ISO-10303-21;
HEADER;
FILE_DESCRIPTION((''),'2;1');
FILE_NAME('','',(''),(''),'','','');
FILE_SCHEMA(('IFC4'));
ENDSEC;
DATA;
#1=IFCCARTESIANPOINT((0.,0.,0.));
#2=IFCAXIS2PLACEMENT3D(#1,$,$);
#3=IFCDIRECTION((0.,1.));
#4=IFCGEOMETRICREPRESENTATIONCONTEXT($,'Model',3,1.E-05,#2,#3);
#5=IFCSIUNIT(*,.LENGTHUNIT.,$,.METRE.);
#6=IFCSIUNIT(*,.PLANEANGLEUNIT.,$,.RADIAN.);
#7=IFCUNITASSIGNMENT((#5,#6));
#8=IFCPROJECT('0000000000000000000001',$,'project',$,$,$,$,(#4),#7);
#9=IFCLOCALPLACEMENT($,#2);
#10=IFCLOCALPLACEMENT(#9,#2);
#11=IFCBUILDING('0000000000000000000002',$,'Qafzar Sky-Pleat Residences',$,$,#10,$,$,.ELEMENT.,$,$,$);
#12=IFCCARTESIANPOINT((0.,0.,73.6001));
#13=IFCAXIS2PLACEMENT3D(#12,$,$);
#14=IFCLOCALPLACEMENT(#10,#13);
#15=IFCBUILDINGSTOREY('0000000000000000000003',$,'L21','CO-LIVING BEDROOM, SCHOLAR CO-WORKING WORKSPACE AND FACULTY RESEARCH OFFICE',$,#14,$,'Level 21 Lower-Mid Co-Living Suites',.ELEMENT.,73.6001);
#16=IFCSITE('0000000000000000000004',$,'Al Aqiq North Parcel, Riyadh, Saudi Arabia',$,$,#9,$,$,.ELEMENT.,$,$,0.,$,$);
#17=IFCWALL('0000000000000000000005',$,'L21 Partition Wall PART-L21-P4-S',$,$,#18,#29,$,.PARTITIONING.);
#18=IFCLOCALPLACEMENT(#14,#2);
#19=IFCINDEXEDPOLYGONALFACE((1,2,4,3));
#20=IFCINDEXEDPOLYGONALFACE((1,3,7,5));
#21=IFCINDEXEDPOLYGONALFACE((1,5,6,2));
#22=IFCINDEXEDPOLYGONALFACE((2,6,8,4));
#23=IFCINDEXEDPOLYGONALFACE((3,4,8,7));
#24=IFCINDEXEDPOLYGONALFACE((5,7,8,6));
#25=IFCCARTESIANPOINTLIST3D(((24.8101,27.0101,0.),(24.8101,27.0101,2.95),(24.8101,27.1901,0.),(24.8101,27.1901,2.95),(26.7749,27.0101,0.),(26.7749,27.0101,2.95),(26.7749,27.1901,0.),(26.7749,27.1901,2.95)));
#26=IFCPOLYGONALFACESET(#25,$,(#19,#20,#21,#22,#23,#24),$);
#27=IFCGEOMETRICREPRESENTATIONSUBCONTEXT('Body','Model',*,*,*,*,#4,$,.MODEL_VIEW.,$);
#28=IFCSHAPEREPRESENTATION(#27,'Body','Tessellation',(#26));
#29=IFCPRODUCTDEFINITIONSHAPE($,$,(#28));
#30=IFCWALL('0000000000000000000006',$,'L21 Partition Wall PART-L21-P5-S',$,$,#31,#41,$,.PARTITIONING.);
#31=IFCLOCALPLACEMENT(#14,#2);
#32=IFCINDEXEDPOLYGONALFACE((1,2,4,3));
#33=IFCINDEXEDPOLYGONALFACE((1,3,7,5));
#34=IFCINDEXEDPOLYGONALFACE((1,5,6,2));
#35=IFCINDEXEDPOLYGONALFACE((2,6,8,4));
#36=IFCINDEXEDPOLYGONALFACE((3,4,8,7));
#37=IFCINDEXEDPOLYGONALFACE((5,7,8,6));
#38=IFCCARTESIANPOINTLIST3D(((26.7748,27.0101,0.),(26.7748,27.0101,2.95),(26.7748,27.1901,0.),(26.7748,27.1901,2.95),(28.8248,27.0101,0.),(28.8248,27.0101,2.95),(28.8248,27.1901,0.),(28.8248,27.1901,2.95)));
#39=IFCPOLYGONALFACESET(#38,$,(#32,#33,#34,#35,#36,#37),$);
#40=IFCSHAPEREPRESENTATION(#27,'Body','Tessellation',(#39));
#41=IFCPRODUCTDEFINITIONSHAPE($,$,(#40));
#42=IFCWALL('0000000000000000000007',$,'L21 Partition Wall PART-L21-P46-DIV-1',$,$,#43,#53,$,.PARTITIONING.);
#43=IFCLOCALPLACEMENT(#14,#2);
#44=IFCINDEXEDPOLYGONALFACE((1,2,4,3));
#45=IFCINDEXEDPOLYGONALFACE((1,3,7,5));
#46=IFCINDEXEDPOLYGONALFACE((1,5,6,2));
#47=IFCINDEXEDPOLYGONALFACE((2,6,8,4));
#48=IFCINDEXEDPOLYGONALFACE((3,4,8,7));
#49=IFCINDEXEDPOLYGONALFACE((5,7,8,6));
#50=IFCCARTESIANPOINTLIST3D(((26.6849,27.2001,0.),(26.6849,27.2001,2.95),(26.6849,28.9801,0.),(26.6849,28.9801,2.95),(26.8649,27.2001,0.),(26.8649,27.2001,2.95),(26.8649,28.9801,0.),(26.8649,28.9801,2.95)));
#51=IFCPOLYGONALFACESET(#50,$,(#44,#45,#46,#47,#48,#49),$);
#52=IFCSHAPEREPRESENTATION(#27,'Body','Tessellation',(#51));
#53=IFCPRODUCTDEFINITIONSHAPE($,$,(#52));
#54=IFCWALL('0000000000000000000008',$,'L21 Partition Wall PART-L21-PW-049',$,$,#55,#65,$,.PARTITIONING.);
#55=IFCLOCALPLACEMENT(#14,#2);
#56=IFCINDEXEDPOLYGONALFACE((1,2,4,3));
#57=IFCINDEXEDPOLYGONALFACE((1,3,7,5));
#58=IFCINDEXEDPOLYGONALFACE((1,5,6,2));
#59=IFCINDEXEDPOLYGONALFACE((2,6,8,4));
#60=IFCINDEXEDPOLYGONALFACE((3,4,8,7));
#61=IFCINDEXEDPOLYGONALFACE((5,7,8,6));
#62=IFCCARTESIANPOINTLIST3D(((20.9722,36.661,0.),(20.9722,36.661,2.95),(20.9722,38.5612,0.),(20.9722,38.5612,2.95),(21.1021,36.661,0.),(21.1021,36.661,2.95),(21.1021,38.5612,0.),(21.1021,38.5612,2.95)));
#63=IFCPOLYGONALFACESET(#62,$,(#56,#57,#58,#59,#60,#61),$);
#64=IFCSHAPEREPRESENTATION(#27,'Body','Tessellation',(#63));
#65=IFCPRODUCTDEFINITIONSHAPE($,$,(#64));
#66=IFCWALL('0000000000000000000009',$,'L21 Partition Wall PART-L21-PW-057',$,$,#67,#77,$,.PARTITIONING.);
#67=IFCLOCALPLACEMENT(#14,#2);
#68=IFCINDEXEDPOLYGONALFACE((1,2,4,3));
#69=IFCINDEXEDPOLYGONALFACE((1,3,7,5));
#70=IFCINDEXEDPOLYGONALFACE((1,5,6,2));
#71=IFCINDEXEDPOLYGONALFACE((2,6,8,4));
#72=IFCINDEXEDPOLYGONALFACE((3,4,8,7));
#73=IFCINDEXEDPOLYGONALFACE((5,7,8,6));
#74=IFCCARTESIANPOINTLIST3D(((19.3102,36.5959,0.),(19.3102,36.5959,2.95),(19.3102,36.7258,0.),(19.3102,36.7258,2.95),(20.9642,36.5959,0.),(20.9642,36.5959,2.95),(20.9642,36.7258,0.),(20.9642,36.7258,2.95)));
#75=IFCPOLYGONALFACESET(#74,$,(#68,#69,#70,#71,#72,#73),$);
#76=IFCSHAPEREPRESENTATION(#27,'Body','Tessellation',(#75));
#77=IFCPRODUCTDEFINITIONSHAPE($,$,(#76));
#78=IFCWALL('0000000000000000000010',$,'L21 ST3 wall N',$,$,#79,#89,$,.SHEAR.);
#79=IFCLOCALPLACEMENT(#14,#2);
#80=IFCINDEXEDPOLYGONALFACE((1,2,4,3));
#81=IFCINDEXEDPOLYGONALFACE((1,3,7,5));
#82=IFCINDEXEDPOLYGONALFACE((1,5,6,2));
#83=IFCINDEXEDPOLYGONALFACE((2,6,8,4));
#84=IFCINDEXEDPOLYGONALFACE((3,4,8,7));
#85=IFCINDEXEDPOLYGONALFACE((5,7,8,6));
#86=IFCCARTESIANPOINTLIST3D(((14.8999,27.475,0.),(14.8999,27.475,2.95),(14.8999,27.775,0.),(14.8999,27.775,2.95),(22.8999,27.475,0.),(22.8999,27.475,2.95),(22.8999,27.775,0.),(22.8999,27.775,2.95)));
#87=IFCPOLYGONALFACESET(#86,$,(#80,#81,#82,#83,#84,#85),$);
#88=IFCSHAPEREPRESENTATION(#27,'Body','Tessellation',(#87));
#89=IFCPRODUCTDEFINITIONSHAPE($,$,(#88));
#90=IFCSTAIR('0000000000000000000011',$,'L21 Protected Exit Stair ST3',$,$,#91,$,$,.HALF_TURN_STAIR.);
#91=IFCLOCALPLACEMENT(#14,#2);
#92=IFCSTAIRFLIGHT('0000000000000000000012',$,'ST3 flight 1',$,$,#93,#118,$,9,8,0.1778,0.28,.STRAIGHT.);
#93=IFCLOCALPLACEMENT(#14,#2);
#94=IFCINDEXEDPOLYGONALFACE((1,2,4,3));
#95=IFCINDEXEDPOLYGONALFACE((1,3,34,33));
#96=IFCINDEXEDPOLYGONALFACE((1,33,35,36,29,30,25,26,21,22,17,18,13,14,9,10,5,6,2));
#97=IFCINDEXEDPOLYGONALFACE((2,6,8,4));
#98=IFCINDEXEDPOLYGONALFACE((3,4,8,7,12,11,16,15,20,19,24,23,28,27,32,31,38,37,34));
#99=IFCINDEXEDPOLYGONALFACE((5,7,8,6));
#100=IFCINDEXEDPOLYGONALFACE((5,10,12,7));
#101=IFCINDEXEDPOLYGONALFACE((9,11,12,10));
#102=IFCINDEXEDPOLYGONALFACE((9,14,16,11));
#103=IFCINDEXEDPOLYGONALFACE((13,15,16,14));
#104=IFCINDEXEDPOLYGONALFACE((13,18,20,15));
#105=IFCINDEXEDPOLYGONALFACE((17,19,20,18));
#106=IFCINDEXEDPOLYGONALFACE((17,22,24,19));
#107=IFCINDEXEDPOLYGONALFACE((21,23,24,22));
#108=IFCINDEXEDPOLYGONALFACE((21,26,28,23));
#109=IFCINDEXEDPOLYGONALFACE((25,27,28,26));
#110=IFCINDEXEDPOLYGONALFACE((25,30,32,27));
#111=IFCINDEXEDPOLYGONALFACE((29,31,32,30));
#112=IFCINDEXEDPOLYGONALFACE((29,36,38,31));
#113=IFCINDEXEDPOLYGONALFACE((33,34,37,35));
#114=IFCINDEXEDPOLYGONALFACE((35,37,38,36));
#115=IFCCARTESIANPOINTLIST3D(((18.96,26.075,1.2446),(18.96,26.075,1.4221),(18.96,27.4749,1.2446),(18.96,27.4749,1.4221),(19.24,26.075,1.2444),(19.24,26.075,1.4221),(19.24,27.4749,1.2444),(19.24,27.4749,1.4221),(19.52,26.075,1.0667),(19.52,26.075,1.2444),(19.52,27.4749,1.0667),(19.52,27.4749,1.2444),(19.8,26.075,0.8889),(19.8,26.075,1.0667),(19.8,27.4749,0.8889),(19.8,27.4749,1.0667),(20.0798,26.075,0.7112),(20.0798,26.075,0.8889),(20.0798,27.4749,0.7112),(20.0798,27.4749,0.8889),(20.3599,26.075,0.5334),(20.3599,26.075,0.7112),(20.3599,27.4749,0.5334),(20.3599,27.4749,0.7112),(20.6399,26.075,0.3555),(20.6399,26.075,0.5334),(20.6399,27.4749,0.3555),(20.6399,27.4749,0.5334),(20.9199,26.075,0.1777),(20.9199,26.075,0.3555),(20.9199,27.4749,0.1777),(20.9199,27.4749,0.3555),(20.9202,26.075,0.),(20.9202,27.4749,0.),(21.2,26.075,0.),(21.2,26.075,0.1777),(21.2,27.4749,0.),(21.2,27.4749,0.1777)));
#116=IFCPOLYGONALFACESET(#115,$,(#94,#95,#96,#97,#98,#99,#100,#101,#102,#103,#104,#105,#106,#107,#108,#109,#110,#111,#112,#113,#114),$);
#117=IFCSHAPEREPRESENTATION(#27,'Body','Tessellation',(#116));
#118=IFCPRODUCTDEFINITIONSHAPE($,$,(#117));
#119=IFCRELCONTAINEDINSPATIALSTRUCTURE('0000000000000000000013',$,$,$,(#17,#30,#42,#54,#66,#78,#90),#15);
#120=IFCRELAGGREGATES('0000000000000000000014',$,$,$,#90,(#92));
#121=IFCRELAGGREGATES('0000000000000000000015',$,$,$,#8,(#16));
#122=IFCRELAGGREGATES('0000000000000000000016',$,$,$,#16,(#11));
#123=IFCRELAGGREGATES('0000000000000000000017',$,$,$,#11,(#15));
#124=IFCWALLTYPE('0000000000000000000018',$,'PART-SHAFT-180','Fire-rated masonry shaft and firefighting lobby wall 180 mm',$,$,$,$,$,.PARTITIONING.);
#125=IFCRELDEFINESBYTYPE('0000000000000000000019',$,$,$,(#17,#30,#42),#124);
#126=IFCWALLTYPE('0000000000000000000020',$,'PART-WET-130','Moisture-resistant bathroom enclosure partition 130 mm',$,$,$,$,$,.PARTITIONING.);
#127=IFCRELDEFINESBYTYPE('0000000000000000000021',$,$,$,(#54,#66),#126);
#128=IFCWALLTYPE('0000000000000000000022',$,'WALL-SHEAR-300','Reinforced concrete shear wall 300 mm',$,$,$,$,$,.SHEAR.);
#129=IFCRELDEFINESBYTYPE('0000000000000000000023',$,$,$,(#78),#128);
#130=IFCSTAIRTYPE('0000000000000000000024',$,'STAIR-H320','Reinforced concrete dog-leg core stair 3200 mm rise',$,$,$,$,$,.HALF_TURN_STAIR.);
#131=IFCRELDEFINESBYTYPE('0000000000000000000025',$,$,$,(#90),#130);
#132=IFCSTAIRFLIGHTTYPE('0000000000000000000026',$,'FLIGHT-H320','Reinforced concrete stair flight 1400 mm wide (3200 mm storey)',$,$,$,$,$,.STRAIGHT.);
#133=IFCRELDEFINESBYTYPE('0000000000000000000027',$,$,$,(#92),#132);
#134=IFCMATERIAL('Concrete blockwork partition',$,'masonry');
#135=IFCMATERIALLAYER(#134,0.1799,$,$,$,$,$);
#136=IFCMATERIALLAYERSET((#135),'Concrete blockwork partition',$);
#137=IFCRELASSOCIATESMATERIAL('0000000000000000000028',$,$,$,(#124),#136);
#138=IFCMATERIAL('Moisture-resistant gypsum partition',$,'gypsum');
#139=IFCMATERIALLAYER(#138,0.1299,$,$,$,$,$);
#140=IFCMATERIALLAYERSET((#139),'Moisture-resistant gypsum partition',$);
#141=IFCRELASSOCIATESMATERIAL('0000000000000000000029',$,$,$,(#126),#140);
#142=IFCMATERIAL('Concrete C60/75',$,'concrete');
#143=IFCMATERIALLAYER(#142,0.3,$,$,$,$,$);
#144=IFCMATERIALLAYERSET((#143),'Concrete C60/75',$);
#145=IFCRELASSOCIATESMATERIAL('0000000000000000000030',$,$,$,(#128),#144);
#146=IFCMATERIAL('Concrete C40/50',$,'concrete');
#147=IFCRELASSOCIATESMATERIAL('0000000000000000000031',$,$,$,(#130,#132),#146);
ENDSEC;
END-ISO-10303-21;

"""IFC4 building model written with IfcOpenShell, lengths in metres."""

from ifc_helpers import new_model, si_unit, direction, frame, frame_2d, origin, place, context, subcontext, project, spatial, polyline, rectangle, outline, extrude, source, transform, mapped, material, layer, layer_set, type_object, element, aggregate, save


model = new_model("IFC4")

# Units and contexts
model_context = context("Model", 3, precision=1e-05, world=origin(), true_north=direction((0.0, 1.0)))
body_context = subcontext(model_context, "Body", "Model", "MODEL_VIEW")
ifc_project = project(units=[si_unit("LENGTHUNIT", "METRE"), si_unit("PLANEANGLEUNIT", "RADIAN")], contexts=[model_context])

# Site, building, storey
site_placement = place(None, origin())
site = spatial("IfcSite", under=ifc_project, at=site_placement, Name="Al Aqiq North Parcel, Riyadh, Saudi Arabia", CompositionType="ELEMENT", RefElevation=0.0)
building_placement = place(site_placement, origin())
building = spatial("IfcBuilding", under=site, at=building_placement, Name="Qafzar Sky-Pleat Residences", CompositionType="ELEMENT")
storey_placement = place(building_placement, frame((0.0, 0.0, 73.6001)))
storey = spatial("IfcBuildingStorey", under=building, at=storey_placement, Name="L21", Description="CO-LIVING BEDROOM, SCHOLAR CO-WORKING WORKSPACE AND FACULTY RESEARCH OFFICE", LongName="Level 21 Lower-Mid Co-Living Suites", CompositionType="ELEMENT", Elevation=73.6001)

# Walls
ifc_material_1 = material(Name="Concrete blockwork partition", Category="masonry")
ifc_layer_1 = layer(ifc_material_1, 0.1799)
ifc_layer_set_1 = layer_set([ifc_layer_1], Name="Concrete blockwork partition")
wall_type_1 = type_object("IfcWallType", Name="PART-SHAFT-180", Description="Fire-rated masonry shaft and firefighting lobby wall 180 mm", PredefinedType="PARTITIONING", material=ifc_layer_set_1)
wall_1_placement = place(storey_placement, frame((24.8101, 27.1001, 0.0), z_axis=(0.0, 0.0, 1.0), x_axis=(1.0, 0.0, 0.0)))
element("IfcWall", 1, at=wall_1_placement, inside=storey, type_object=wall_type_1, Name="L21 Partition Wall PART-L21-P4-S", PredefinedType="PARTITIONING", context=body_context, shape_type="SweptSolid", body=[
    extrude(rectangle(XDim=1.9648, YDim=0.1799, at=frame_2d((0.9824, 0.0))), origin(), (0.0, 0.0, 1.0), 2.95),
])
wall_2_placement = place(storey_placement, frame((26.7749, 27.1001, 0.0), z_axis=(0.0, 0.0, 1.0), x_axis=(1.0, 0.0, 0.0)))
element("IfcWall", 2, at=wall_2_placement, inside=storey, type_object=wall_type_1, Name="L21 Partition Wall PART-L21-P5-S", PredefinedType="PARTITIONING", context=body_context, shape_type="SweptSolid", body=[
    extrude(rectangle(XDim=2.05, YDim=0.1799, at=frame_2d((1.0249, 0.0))), origin(), (0.0, 0.0, 1.0), 2.95),
])
wall_3_placement = place(storey_placement, frame((26.7749, 27.2, 0.0), z_axis=(0.0, 0.0, 1.0), x_axis=(0.0, 1.0, 0.0)))
element("IfcWall", 3, at=wall_3_placement, inside=storey, type_object=wall_type_1, Name="L21 Partition Wall PART-L21-P46-DIV-1", PredefinedType="PARTITIONING", context=body_context, shape_type="SweptSolid", body=[
    extrude(rectangle(XDim=1.78, YDim=0.1799, at=frame_2d((0.8901, 0.0))), origin(), (0.0, 0.0, 1.0), 2.95),
])
ifc_material_2 = material(Name="Moisture-resistant gypsum partition", Category="gypsum")
ifc_layer_2 = layer(ifc_material_2, 0.1299)
ifc_layer_set_2 = layer_set([ifc_layer_2], Name="Moisture-resistant gypsum partition")
wall_type_2 = type_object("IfcWallType", Name="PART-WET-130", Description="Moisture-resistant bathroom enclosure partition 130 mm", PredefinedType="PARTITIONING", material=ifc_layer_set_2)
wall_4_placement = place(storey_placement, frame((21.0371, 36.6609, 0.0), z_axis=(0.0, 0.0, 1.0), x_axis=(0.0, 1.0, 0.0)))
element("IfcWall", 4, at=wall_4_placement, inside=storey, type_object=wall_type_2, Name="L21 Partition Wall PART-L21-PW-049", PredefinedType="PARTITIONING", context=body_context, shape_type="SweptSolid", body=[
    extrude(rectangle(XDim=1.9001, YDim=0.1299, at=frame_2d((0.9502, 0.0))), origin(), (0.0, 0.0, 1.0), 2.95),
])
wall_5_placement = place(storey_placement, frame((19.3101, 36.6609, 0.0), z_axis=(0.0, 0.0, 1.0), x_axis=(1.0, 0.0, 0.0)))
element("IfcWall", 5, at=wall_5_placement, inside=storey, type_object=wall_type_2, Name="L21 Partition Wall PART-L21-PW-057", PredefinedType="PARTITIONING", context=body_context, shape_type="SweptSolid", body=[
    extrude(rectangle(XDim=1.6541, YDim=0.1299, at=frame_2d((0.8271, 0.0))), origin(), (0.0, 0.0, 1.0), 2.95),
])

# Shared definitions
ifc_material_3 = material(Name="Concrete C60/75", Category="concrete")
ifc_layer_3 = layer(ifc_material_3, 0.3)
ifc_layer_set_3 = layer_set([ifc_layer_3], Name="Concrete C60/75")
wall_type_3 = type_object("IfcWallType", Name="WALL-SHEAR-300", Description="Reinforced concrete shear wall 300 mm", PredefinedType="SHEAR", material=ifc_layer_set_3)

# Wall
wall_6_placement = place(storey_placement, frame((22.8999, 27.625, 0.0), z_axis=(0.0, 0.0, 1.0), x_axis=(-1.0, 0.0, 0.0)))
element("IfcWall", 6, at=wall_6_placement, inside=storey, type_object=wall_type_3, Name="L21 ST3 wall N", PredefinedType="SHEAR", context=body_context, shape_type="SweptSolid", body=[
    extrude(rectangle(XDim=8.0, YDim=0.3, at=frame_2d((4.0, 0.0))), origin(), (0.0, 0.0, 1.0), 2.95),
])

# Stair, stair flight
ifc_material_4 = material(Name="Concrete C40/50", Category="concrete")
stair_type = type_object("IfcStairType", Name="STAIR-H320", Description="Reinforced concrete dog-leg core stair 3200 mm rise", PredefinedType="HALF_TURN_STAIR", material=ifc_material_4)
stair_placement = place(storey_placement, origin())
stair = element("IfcStair", 7, at=stair_placement, inside=storey, type_object=stair_type, Name="L21 Protected Exit Stair ST3", PredefinedType="HALF_TURN_STAIR")
stair_flight_type = type_object("IfcStairFlightType", Name="FLIGHT-H320", Description="Reinforced concrete stair flight 1400 mm wide (3200 mm storey)", PredefinedType="STRAIGHT", material=ifc_material_4)
shared_shape_1 = source(origin(), body_context, "Body", "SweptSolid", [
    extrude(outline(polyline([(0.0, 0.0), (0.0, 0.1777), (0.28, 0.1777), (0.28, 0.3555), (0.5601, 0.3555), (0.5601, 0.5334), (0.8401, 0.5334), (0.8401, 0.7112), (1.1201, 0.7112), (1.1201, 0.8889), (1.3999, 0.8889), (1.3999, 1.0667), (1.6799, 1.0667), (1.6799, 1.2444), (1.96, 1.2444), (1.96, 1.4221), (2.24, 1.4221), (2.24, 1.6001), (2.24, 1.2446), (0.2798, 0.0), (0.0, 0.0)])), frame((0.0, 0.7, 0.0), z_axis=(0.0, -1.0, 0.0), x_axis=(1.0, 0.0, 0.0)), (0.0, 0.0, 1.0), 1.3999),
])
stair_flight_placement = place(storey_placement, frame((21.2, 26.7749, 0.0), z_axis=(0.0, 0.0, 1.0), x_axis=(-1.0, 0.0, 0.0)))
stair_flight = element("IfcStairFlight", 8, at=stair_flight_placement, type_object=stair_flight_type, Name="ST3 flight 1", NumberOfRisers=9, NumberOfTreads=8, PredefinedType="STRAIGHT", RiserHeight=0.1778, TreadLength=0.28, context=body_context, shape_type="MappedRepresentation", body=[
    mapped(shared_shape_1, transform((0.0, 0.0, 0.0), x_axis=(1.0, 0.0, 0.0), y_axis=(0.0, 1.0, 0.0), z_axis=(0.0, 0.0, 1.0), scale=1.0)),
])
aggregate(stair, [stair_flight])

save(model, "model.ifc")
